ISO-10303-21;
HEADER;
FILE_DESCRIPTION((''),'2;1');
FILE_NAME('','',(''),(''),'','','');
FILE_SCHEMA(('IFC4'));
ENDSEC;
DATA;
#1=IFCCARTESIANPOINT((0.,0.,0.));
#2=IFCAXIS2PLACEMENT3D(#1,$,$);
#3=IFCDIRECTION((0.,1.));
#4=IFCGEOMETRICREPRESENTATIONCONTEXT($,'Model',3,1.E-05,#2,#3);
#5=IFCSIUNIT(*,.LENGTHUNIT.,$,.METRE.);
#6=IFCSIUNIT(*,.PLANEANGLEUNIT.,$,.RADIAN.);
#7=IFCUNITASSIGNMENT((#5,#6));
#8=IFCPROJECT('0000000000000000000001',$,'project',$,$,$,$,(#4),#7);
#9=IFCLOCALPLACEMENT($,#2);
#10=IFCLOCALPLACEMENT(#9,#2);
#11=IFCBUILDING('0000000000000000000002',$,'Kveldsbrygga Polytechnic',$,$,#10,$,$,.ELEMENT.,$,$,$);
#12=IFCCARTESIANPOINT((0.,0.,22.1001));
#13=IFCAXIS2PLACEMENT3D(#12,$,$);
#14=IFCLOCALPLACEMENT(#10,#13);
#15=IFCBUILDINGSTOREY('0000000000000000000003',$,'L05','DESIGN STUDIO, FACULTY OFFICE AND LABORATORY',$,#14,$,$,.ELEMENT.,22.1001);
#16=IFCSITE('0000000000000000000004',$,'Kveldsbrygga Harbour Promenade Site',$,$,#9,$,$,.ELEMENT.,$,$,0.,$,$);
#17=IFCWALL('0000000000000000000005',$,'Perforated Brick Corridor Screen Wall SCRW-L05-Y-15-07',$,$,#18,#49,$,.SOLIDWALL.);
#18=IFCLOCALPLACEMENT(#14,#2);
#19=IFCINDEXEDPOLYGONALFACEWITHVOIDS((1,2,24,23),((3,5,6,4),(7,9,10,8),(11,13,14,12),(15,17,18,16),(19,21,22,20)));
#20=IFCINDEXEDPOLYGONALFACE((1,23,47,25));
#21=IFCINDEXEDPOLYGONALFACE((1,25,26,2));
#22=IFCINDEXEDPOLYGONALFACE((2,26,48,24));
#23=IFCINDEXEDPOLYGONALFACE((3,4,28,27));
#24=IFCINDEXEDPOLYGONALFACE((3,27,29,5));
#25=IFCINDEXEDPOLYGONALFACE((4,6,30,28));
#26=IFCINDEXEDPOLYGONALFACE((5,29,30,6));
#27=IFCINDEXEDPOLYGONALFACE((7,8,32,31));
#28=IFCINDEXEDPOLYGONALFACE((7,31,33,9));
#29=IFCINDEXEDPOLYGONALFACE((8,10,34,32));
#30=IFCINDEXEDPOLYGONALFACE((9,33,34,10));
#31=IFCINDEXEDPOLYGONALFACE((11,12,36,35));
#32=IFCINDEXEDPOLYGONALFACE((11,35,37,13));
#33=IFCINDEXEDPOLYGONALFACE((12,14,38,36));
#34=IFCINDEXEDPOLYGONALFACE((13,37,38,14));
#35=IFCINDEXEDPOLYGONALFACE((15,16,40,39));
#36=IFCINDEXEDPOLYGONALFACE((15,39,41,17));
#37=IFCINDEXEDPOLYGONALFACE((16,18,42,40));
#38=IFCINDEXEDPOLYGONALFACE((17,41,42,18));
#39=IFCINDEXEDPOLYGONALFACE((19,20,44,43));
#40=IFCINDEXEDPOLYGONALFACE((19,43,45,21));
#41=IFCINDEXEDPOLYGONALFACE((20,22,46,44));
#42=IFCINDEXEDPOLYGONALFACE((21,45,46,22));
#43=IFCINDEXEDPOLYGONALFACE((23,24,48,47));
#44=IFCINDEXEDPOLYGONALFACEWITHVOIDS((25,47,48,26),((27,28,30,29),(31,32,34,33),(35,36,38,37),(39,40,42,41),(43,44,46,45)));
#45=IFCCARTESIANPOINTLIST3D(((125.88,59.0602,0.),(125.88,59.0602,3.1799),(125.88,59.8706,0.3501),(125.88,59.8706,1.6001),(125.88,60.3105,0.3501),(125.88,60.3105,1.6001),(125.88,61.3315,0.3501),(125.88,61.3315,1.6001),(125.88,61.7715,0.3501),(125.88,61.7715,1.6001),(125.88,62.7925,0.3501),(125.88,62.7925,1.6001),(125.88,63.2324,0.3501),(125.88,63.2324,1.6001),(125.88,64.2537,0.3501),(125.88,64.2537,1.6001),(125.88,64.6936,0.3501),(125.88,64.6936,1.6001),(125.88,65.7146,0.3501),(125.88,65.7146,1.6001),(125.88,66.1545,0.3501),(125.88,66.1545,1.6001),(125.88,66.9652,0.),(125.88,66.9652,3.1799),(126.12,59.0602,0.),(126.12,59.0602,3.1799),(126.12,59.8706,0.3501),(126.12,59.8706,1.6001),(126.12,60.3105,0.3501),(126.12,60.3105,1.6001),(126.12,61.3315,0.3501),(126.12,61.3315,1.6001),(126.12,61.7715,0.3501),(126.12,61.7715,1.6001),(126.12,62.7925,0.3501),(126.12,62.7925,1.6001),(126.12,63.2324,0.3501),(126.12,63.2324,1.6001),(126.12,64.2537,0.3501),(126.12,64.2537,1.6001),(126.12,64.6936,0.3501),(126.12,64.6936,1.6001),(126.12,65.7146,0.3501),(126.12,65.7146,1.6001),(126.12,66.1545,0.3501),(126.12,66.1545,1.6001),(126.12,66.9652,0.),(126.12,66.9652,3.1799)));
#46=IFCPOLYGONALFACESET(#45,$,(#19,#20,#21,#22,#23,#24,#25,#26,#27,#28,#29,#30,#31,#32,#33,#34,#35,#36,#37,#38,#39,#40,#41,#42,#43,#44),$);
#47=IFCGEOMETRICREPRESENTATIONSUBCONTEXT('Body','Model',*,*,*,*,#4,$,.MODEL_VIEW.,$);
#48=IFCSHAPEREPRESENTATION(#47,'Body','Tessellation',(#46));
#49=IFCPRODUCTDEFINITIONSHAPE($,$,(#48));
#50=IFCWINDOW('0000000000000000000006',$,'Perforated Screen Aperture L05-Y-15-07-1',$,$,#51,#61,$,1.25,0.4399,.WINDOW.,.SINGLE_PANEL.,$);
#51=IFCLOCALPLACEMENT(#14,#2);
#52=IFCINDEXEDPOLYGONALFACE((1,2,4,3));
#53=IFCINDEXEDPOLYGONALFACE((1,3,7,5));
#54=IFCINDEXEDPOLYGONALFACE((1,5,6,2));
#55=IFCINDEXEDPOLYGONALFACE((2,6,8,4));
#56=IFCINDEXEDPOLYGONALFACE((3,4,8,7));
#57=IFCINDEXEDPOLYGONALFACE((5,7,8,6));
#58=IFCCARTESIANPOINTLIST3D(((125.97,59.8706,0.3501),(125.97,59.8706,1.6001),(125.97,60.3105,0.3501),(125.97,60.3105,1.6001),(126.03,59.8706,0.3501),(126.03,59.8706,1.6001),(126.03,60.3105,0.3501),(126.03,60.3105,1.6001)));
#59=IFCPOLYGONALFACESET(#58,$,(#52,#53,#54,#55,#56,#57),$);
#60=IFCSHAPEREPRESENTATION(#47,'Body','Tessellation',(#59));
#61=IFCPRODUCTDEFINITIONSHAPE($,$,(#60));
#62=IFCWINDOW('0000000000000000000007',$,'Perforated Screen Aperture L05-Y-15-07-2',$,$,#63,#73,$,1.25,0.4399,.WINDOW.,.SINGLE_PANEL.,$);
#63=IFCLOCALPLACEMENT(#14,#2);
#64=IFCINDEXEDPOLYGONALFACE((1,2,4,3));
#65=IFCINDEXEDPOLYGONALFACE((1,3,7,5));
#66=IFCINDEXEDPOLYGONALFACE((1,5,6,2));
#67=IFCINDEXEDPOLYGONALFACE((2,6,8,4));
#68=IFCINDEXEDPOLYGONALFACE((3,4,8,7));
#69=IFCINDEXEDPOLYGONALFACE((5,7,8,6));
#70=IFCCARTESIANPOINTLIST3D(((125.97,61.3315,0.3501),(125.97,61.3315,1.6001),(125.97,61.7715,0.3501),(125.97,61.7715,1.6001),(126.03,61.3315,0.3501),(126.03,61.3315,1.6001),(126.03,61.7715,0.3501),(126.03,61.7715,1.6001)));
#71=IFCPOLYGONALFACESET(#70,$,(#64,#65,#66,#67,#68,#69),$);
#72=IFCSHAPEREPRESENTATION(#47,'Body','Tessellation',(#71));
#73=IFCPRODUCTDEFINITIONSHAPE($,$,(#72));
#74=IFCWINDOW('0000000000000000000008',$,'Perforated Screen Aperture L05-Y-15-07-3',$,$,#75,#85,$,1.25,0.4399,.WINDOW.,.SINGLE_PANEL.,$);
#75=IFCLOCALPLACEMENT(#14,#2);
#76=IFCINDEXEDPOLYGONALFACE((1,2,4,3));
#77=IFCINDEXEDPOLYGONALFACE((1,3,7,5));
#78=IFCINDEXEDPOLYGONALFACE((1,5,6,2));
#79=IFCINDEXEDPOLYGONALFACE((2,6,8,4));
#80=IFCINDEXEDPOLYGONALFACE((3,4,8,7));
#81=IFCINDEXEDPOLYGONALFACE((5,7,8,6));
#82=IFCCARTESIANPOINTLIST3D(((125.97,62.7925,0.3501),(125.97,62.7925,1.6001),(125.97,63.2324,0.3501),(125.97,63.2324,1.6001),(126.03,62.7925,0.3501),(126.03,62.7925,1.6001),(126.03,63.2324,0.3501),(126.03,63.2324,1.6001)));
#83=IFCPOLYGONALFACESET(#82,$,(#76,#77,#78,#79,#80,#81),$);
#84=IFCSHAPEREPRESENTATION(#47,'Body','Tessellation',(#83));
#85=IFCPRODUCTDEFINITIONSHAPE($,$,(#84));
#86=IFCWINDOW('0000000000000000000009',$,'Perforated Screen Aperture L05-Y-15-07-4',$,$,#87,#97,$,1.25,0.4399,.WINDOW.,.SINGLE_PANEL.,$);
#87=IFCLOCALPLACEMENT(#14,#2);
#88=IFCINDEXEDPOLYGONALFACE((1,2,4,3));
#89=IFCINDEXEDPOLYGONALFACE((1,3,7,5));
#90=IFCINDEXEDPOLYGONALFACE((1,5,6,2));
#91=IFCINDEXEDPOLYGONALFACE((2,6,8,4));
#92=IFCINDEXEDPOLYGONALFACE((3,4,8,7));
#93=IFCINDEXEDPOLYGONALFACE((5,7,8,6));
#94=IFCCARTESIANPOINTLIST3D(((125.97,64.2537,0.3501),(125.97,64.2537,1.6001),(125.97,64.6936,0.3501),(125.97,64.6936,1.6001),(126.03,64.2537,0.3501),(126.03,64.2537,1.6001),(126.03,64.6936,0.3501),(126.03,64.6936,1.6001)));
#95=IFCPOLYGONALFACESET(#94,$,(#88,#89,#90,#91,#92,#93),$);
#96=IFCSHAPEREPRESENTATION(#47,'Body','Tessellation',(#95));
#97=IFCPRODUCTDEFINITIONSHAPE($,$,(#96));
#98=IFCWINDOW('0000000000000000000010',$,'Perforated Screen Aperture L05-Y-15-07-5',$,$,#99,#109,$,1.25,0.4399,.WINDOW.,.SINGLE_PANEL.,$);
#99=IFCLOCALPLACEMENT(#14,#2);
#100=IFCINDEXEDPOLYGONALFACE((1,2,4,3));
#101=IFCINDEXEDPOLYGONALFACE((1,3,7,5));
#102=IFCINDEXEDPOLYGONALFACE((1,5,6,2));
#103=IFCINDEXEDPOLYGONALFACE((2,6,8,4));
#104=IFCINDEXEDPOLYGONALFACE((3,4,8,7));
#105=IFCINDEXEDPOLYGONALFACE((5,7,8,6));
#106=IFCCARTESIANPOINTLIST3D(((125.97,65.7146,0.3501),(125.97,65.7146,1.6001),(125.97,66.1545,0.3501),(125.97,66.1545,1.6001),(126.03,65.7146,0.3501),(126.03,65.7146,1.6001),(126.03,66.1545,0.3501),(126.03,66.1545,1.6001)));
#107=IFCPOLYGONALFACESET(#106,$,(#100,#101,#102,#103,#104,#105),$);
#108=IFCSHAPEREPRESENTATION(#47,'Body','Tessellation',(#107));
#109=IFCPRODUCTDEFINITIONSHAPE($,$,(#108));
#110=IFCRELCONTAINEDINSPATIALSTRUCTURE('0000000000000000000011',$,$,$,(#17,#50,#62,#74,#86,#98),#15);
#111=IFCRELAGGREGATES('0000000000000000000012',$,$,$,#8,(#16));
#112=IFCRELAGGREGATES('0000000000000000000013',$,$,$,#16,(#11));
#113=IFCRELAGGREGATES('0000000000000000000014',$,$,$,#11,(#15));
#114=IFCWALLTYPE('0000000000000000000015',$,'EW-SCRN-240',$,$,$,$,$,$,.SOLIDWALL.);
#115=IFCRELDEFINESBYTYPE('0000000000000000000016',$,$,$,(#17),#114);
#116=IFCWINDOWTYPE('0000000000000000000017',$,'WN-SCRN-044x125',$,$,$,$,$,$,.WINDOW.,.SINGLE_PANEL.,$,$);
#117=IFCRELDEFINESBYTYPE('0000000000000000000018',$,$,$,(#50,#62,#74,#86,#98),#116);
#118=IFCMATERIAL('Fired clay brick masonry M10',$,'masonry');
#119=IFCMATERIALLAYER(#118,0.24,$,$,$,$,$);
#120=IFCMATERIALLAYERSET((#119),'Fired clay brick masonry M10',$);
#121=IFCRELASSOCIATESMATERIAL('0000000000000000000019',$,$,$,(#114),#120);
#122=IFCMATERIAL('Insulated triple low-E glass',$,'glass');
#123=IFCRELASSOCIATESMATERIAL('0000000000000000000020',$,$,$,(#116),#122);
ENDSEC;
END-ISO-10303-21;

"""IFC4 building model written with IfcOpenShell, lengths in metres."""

from ifc_helpers import new_model, si_unit, direction, frame, frame_2d, origin, place, context, subcontext, project, spatial, rectangle, extrude, material, layer, layer_set, type_object, element, fill, save


model = new_model("IFC4")

# Units and contexts
model_context = context("Model", 3, precision=1e-05, world=origin(), true_north=direction((0.0, 1.0)))
body_context = subcontext(model_context, "Body", "Model", "MODEL_VIEW")
ifc_project = project(units=[si_unit("LENGTHUNIT", "METRE"), si_unit("PLANEANGLEUNIT", "RADIAN")], contexts=[model_context])

# Site, building, storey
site_placement = place(None, origin())
site = spatial("IfcSite", under=ifc_project, at=site_placement, Name="Kveldsbrygga Harbour Promenade Site", CompositionType="ELEMENT", RefElevation=0.0)
building_placement = place(site_placement, origin())
building = spatial("IfcBuilding", under=site, at=building_placement, Name="Kveldsbrygga Polytechnic", CompositionType="ELEMENT")
storey_placement = place(building_placement, frame((0.0, 0.0, 22.1001)))
storey = spatial("IfcBuildingStorey", under=building, at=storey_placement, Name="L05", Description="DESIGN STUDIO, FACULTY OFFICE AND LABORATORY", CompositionType="ELEMENT", Elevation=22.1001)

# Wall, openings, windows
ifc_material_1 = material(Name="Fired clay brick masonry M10", Category="masonry")
ifc_layer = layer(ifc_material_1, 0.24)
ifc_layer_set = layer_set([ifc_layer], Name="Fired clay brick masonry M10")
wall_type = type_object("IfcWallType", Name="EW-SCRN-240", PredefinedType="SOLIDWALL", material=ifc_layer_set)
wall_placement = place(storey_placement, frame((126.0, 59.0601, 0.0), z_axis=(0.0, 0.0, 1.0), x_axis=(0.0, 1.0, 0.0)))
wall = element("IfcWall", 1, at=wall_placement, inside=storey, type_object=wall_type, Name="Perforated Brick Corridor Screen Wall SCRW-L05-Y-15-07", PredefinedType="SOLIDWALL", context=body_context, shape_type="SweptSolid", body=[
    extrude(rectangle(XDim=7.905, YDim=0.24, at=frame_2d((3.9526, 0.0))), origin(), (0.0, 0.0, 1.0), 3.1799),
])
opening_1_placement = place(wall_placement, frame((0.8105, 0.0, 0.3501)))
opening_1 = element("IfcOpeningElement", 2, at=opening_1_placement, cuts=wall, PredefinedType="OPENING", context=body_context, shape_type="SweptSolid", body=[
    extrude(rectangle(XDim=0.4399, YDim=1.25, at=frame_2d((0.22, 0.625))), frame((0.0, 0.1299, 0.0), z_axis=(0.0, -1.0, 0.0), x_axis=(1.0, 0.0, 0.0)), (0.0, 0.0, 1.0), 0.26),
])
opening_2_placement = place(wall_placement, frame((2.2715, 0.0, 0.3501)))
opening_2 = element("IfcOpeningElement", 3, at=opening_2_placement, cuts=wall, PredefinedType="OPENING", context=body_context, shape_type="SweptSolid", body=[
    extrude(rectangle(XDim=0.4399, YDim=1.25, at=frame_2d((0.22, 0.625))), frame((0.0, 0.1299, 0.0), z_axis=(0.0, -1.0, 0.0), x_axis=(1.0, 0.0, 0.0)), (0.0, 0.0, 1.0), 0.26),
])
opening_3_placement = place(wall_placement, frame((3.7324, 0.0, 0.3501)))
opening_3 = element("IfcOpeningElement", 4, at=opening_3_placement, cuts=wall, PredefinedType="OPENING", context=body_context, shape_type="SweptSolid", body=[
    extrude(rectangle(XDim=0.4399, YDim=1.25, at=frame_2d((0.22, 0.625))), frame((0.0, 0.1299, 0.0), z_axis=(0.0, -1.0, 0.0), x_axis=(1.0, 0.0, 0.0)), (0.0, 0.0, 1.0), 0.26),
])
opening_4_placement = place(wall_placement, frame((5.1936, 0.0, 0.3501)))
opening_4 = element("IfcOpeningElement", 5, at=opening_4_placement, cuts=wall, PredefinedType="OPENING", context=body_context, shape_type="SweptSolid", body=[
    extrude(rectangle(XDim=0.4399, YDim=1.25, at=frame_2d((0.22, 0.625))), frame((0.0, 0.1299, 0.0), z_axis=(0.0, -1.0, 0.0), x_axis=(1.0, 0.0, 0.0)), (0.0, 0.0, 1.0), 0.26),
])
opening_5_placement = place(wall_placement, frame((6.6545, 0.0, 0.3501)))
opening_5 = element("IfcOpeningElement", 6, at=opening_5_placement, cuts=wall, PredefinedType="OPENING", context=body_context, shape_type="SweptSolid", body=[
    extrude(rectangle(XDim=0.4399, YDim=1.25, at=frame_2d((0.22, 0.625))), frame((0.0, 0.1299, 0.0), z_axis=(0.0, -1.0, 0.0), x_axis=(1.0, 0.0, 0.0)), (0.0, 0.0, 1.0), 0.26),
])
ifc_material_2 = material(Name="Insulated triple low-E glass", Category="glass")
window_type = type_object("IfcWindowType", Name="WN-SCRN-044x125", PartitioningType="SINGLE_PANEL", PredefinedType="WINDOW", material=ifc_material_2)
window_1_placement = place(opening_1_placement, origin())
window_1 = element("IfcWindow", 7, at=window_1_placement, inside=storey, type_object=window_type, Name="Perforated Screen Aperture L05-Y-15-07-1", OverallHeight=1.25, OverallWidth=0.4399, PartitioningType="SINGLE_PANEL", PredefinedType="WINDOW", context=body_context, shape_type="SweptSolid", body=[
    extrude(rectangle(XDim=0.4399, YDim=1.25, at=frame_2d((0.22, 0.625))), frame((0.0, 0.03, 0.0), z_axis=(0.0, -1.0, 0.0), x_axis=(1.0, 0.0, 0.0)), (0.0, 0.0, 1.0), 0.0601),
])
fill(opening_1, window_1)
window_2_placement = place(opening_2_placement, origin())
window_2 = element("IfcWindow", 8, at=window_2_placement, inside=storey, type_object=window_type, Name="Perforated Screen Aperture L05-Y-15-07-2", OverallHeight=1.25, OverallWidth=0.4399, PartitioningType="SINGLE_PANEL", PredefinedType="WINDOW", context=body_context, shape_type="SweptSolid", body=[
    extrude(rectangle(XDim=0.4399, YDim=1.25, at=frame_2d((0.22, 0.625))), frame((0.0, 0.03, 0.0), z_axis=(0.0, -1.0, 0.0), x_axis=(1.0, 0.0, 0.0)), (0.0, 0.0, 1.0), 0.0601),
])
fill(opening_2, window_2)
window_3_placement = place(opening_3_placement, origin())
window_3 = element("IfcWindow", 9, at=window_3_placement, inside=storey, type_object=window_type, Name="Perforated Screen Aperture L05-Y-15-07-3", OverallHeight=1.25, OverallWidth=0.4399, PartitioningType="SINGLE_PANEL", PredefinedType="WINDOW", context=body_context, shape_type="SweptSolid", body=[
    extrude(rectangle(XDim=0.4399, YDim=1.25, at=frame_2d((0.22, 0.625))), frame((0.0, 0.03, 0.0), z_axis=(0.0, -1.0, 0.0), x_axis=(1.0, 0.0, 0.0)), (0.0, 0.0, 1.0), 0.0601),
])
fill(opening_3, window_3)
window_4_placement = place(opening_4_placement, origin())
window_4 = element("IfcWindow", 10, at=window_4_placement, inside=storey, type_object=window_type, Name="Perforated Screen Aperture L05-Y-15-07-4", OverallHeight=1.25, OverallWidth=0.4399, PartitioningType="SINGLE_PANEL", PredefinedType="WINDOW", context=body_context, shape_type="SweptSolid", body=[
    extrude(rectangle(XDim=0.4399, YDim=1.25, at=frame_2d((0.22, 0.625))), frame((0.0, 0.03, 0.0), z_axis=(0.0, -1.0, 0.0), x_axis=(1.0, 0.0, 0.0)), (0.0, 0.0, 1.0), 0.0601),
])
fill(opening_4, window_4)
window_5_placement = place(opening_5_placement, origin())
window_5 = element("IfcWindow", 11, at=window_5_placement, inside=storey, type_object=window_type, Name="Perforated Screen Aperture L05-Y-15-07-5", OverallHeight=1.25, OverallWidth=0.4399, PartitioningType="SINGLE_PANEL", PredefinedType="WINDOW", context=body_context, shape_type="SweptSolid", body=[
    extrude(rectangle(XDim=0.4399, YDim=1.25, at=frame_2d((0.22, 0.625))), frame((0.0, 0.03, 0.0), z_axis=(0.0, -1.0, 0.0), x_axis=(1.0, 0.0, 0.0)), (0.0, 0.0, 1.0), 0.0601),
])
fill(opening_5, window_5)

save(model, "model.ifc")
